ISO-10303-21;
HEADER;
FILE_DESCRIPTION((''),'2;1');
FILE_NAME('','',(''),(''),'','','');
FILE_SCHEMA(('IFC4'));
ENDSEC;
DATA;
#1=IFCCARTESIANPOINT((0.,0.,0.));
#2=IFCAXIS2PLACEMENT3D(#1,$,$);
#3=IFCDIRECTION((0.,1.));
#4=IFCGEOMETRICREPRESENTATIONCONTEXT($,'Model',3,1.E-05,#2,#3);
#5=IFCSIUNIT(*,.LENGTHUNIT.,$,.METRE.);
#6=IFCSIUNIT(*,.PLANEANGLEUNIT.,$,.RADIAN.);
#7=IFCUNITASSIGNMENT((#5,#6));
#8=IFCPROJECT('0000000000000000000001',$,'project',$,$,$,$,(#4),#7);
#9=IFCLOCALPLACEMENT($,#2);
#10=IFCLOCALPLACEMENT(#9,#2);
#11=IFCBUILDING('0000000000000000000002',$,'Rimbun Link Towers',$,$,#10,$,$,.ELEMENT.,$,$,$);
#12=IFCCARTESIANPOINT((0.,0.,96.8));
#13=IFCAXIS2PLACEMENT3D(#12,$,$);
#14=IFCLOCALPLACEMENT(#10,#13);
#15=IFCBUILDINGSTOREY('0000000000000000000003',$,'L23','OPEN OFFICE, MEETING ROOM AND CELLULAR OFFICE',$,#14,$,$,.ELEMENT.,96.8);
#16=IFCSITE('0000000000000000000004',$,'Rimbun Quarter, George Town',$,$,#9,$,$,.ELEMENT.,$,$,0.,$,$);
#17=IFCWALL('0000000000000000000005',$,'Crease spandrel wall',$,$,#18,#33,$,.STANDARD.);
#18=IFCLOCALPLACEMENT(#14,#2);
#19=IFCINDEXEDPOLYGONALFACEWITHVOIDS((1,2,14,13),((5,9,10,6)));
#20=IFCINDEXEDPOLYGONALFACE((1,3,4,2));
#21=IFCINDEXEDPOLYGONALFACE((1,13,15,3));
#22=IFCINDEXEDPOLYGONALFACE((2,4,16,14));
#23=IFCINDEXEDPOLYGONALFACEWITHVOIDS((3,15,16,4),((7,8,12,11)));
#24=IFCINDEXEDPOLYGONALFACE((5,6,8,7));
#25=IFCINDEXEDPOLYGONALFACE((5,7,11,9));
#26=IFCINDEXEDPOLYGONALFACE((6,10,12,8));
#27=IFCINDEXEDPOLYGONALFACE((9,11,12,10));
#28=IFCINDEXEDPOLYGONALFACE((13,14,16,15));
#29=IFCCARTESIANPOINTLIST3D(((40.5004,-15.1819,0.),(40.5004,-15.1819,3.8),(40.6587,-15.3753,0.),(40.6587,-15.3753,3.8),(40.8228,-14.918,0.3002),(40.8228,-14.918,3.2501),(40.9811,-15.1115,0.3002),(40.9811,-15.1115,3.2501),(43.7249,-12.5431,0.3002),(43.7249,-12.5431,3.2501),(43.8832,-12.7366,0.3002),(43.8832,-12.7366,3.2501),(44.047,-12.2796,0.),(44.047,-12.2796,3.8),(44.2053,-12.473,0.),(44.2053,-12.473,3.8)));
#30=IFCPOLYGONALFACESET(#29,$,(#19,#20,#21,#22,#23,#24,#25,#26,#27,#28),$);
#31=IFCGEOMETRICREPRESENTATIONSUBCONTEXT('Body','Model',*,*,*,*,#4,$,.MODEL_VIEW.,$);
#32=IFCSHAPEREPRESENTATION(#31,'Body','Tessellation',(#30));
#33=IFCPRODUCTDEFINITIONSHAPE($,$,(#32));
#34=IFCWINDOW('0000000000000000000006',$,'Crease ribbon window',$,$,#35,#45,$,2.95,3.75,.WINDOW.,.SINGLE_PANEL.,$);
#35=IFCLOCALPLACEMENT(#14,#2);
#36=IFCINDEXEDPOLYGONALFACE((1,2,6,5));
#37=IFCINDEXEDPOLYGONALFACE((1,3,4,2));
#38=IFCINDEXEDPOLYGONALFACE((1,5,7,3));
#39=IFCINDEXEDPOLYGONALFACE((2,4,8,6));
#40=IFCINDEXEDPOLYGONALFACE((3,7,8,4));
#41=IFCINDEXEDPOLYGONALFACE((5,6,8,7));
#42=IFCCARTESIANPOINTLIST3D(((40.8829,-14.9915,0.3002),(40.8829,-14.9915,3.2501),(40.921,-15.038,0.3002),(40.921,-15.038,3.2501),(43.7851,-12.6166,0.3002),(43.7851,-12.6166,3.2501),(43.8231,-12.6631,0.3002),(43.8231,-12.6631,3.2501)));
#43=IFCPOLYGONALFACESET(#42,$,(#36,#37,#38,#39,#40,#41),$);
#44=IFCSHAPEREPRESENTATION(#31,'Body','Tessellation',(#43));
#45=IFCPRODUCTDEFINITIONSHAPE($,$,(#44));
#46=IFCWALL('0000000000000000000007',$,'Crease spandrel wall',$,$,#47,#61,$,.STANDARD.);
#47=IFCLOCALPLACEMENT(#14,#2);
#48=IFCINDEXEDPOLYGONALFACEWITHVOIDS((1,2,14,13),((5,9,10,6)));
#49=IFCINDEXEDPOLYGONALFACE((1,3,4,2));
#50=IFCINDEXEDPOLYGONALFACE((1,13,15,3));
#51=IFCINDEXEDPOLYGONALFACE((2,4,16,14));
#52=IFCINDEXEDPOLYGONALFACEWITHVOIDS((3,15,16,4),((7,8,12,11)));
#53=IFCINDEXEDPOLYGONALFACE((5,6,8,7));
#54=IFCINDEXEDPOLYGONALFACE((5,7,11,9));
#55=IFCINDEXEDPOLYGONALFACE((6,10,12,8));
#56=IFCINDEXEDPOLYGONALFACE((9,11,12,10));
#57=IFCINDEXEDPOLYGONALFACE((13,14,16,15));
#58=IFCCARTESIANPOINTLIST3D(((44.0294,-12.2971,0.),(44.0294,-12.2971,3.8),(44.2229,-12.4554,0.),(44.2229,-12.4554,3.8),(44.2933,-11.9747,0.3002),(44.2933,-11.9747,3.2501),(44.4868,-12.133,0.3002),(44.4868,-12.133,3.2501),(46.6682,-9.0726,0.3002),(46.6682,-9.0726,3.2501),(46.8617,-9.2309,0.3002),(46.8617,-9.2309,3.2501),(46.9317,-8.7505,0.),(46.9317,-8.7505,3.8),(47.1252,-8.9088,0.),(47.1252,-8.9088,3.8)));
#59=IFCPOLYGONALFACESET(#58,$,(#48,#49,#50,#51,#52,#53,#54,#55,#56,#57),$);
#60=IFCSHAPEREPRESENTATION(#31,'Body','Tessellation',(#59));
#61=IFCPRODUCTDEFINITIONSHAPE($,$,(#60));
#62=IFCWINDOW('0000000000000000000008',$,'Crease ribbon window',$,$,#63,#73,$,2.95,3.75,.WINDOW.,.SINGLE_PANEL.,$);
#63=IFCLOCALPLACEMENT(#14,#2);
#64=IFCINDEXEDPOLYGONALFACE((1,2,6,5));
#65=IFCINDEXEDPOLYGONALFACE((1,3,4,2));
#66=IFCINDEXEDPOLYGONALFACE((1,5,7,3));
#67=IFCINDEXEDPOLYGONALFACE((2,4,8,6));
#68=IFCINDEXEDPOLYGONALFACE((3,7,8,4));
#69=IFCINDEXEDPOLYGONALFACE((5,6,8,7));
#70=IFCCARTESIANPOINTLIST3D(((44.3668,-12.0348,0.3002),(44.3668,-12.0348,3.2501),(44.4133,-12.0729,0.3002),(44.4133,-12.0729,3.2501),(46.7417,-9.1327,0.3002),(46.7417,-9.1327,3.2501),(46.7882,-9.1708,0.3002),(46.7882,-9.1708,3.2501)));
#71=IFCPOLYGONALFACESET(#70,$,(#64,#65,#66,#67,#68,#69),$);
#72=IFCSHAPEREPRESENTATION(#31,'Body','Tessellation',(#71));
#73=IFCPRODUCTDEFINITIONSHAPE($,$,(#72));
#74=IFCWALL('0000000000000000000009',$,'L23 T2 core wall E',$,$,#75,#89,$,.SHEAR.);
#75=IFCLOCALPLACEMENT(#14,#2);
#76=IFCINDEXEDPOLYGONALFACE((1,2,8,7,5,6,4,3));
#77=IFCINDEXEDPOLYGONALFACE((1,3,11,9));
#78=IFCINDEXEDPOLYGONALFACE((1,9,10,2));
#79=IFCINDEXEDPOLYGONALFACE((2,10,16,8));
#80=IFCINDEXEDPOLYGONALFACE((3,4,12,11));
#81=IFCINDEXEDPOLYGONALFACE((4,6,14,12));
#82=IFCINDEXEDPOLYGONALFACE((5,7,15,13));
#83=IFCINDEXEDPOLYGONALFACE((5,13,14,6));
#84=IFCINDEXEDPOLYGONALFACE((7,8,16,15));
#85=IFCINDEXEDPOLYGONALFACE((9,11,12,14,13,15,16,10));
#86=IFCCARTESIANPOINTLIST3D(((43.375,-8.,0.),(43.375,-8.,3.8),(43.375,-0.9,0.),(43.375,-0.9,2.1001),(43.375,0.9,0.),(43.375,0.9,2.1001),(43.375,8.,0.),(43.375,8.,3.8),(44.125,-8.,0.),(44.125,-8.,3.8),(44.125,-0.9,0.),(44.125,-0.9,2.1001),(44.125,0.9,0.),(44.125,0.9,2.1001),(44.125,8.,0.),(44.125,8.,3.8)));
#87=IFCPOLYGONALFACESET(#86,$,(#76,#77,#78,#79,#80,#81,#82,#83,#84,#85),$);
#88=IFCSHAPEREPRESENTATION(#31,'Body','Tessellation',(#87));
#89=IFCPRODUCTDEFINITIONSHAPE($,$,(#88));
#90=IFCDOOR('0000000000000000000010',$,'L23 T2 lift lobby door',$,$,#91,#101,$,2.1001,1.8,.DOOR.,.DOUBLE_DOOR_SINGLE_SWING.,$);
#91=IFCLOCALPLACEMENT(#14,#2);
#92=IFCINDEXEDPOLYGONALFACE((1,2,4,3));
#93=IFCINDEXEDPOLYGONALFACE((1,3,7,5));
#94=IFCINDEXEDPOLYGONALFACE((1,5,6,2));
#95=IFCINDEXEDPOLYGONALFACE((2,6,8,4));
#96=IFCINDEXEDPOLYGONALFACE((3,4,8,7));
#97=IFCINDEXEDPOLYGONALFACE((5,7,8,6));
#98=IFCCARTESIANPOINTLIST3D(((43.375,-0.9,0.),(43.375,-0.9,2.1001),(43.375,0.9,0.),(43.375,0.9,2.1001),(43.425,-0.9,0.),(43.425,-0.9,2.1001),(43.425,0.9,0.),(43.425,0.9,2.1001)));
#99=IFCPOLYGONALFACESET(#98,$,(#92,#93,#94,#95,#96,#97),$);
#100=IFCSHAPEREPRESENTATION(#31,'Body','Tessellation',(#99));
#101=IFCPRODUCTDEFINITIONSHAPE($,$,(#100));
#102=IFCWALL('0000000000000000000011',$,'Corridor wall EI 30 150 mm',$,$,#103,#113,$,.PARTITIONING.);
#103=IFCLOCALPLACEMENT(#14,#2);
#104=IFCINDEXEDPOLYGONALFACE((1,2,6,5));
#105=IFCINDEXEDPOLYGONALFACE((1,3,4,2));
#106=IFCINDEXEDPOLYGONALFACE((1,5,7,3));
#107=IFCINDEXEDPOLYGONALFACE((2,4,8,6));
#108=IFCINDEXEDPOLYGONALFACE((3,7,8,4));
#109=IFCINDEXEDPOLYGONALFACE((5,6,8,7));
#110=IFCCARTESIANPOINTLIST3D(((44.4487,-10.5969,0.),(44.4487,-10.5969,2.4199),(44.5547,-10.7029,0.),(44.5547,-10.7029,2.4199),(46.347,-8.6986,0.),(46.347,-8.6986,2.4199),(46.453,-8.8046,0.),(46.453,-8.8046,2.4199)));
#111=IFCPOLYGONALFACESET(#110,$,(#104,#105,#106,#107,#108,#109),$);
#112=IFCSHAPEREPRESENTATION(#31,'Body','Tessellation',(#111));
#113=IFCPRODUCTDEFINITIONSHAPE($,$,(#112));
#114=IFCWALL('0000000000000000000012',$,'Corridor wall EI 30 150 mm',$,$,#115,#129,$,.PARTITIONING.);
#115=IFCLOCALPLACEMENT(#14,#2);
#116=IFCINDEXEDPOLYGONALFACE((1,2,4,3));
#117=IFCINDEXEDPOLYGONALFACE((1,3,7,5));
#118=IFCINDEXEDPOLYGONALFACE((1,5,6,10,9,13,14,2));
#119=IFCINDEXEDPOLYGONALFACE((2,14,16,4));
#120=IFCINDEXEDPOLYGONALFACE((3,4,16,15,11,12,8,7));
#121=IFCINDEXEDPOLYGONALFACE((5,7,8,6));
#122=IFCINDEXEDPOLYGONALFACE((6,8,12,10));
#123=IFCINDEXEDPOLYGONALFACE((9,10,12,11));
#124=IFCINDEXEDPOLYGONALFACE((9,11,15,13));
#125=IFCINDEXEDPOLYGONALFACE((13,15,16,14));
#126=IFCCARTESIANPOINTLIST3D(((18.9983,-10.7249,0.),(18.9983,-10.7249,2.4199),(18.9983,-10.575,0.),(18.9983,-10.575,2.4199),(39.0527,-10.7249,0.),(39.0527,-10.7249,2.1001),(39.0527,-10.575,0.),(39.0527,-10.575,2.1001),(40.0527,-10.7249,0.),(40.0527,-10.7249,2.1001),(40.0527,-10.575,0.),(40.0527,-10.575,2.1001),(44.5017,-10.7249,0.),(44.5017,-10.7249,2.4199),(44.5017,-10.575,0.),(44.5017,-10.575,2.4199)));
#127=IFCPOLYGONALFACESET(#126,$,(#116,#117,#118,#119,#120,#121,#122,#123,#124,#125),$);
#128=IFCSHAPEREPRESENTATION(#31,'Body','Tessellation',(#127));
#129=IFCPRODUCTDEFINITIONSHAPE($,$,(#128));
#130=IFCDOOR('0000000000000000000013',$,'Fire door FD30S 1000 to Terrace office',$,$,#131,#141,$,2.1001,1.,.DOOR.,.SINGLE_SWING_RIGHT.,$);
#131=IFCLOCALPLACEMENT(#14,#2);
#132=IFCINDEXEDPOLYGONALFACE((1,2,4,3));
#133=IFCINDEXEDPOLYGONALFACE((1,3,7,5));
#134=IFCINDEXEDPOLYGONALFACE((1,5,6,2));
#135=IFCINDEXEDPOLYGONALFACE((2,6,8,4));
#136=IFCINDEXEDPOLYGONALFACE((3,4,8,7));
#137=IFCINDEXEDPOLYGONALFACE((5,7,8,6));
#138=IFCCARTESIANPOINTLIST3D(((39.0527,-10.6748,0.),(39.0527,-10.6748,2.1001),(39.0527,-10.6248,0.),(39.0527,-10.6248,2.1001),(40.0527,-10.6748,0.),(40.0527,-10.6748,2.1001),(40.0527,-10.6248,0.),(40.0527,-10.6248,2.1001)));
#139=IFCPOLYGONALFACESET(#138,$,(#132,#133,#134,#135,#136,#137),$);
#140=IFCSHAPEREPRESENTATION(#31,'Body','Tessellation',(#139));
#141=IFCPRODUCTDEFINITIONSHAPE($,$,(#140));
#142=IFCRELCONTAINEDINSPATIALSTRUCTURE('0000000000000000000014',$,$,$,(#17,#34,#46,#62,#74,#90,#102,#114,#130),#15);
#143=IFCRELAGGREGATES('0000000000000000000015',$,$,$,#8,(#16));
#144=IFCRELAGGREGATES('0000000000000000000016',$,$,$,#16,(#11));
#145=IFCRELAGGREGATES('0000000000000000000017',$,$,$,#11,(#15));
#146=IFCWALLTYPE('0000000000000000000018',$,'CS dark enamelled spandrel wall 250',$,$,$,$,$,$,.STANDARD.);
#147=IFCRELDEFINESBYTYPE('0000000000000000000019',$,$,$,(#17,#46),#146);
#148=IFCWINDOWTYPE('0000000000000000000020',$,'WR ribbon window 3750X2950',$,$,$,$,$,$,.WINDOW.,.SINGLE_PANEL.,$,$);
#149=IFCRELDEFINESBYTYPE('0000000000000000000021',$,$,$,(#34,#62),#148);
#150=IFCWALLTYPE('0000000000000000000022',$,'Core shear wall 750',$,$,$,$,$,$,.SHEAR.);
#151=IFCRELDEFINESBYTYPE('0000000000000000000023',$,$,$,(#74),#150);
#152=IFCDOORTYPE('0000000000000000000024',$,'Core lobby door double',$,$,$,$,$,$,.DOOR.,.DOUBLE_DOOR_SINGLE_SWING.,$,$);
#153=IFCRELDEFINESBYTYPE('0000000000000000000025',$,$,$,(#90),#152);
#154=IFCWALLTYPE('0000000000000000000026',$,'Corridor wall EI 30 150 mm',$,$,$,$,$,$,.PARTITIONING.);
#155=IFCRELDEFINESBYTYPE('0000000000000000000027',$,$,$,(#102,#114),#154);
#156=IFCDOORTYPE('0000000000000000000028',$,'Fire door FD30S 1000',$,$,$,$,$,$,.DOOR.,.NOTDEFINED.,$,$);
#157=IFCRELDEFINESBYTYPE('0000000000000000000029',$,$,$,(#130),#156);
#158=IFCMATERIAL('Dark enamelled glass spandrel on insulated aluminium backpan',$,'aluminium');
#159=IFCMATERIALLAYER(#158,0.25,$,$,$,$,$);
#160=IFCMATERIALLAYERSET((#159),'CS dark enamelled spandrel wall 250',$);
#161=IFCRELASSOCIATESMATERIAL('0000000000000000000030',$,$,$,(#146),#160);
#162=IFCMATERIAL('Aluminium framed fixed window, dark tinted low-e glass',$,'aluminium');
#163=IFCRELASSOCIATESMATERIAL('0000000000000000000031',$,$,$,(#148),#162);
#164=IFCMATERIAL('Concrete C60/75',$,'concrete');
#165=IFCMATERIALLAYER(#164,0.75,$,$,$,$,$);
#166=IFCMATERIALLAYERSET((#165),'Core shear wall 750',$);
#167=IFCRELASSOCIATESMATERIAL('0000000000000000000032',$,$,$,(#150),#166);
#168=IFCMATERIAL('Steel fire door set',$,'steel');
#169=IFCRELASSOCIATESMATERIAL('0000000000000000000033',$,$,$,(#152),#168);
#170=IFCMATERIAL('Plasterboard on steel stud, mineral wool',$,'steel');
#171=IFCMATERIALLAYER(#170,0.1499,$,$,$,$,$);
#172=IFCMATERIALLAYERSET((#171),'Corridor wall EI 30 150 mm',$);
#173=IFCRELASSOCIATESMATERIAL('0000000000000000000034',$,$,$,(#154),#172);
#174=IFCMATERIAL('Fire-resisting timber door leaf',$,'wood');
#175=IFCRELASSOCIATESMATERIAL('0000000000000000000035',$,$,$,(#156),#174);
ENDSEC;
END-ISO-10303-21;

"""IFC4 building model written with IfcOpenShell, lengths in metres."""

from ifc_helpers import new_model, si_unit, direction, frame, frame_2d, origin, place, context, subcontext, project, spatial, rectangle, extrude, material, layer, layer_set, type_object, element, fill, save


model = new_model("IFC4")

# Units and contexts
model_context = context("Model", 3, precision=1e-05, world=origin(), true_north=direction((0.0, 1.0)))
body_context = subcontext(model_context, "Body", "Model", "MODEL_VIEW")
ifc_project = project(units=[si_unit("LENGTHUNIT", "METRE"), si_unit("PLANEANGLEUNIT", "RADIAN")], contexts=[model_context])

# Site, building, storey
site_placement = place(None, origin())
site = spatial("IfcSite", under=ifc_project, at=site_placement, Name="Rimbun Quarter, George Town", CompositionType="ELEMENT", RefElevation=0.0)
building_placement = place(site_placement, origin())
building = spatial("IfcBuilding", under=site, at=building_placement, Name="Rimbun Link Towers", CompositionType="ELEMENT")
storey_placement = place(building_placement, frame((0.0, 0.0, 96.8)))
storey = spatial("IfcBuildingStorey", under=building, at=storey_placement, Name="L23", Description="OPEN OFFICE, MEETING ROOM AND CELLULAR OFFICE", CompositionType="ELEMENT", Elevation=96.8)

# Walls, openings, windows
ifc_material_1 = material(Name="Dark enamelled glass spandrel on insulated aluminium backpan", Category="aluminium")
ifc_layer_1 = layer(ifc_material_1, 0.25)
ifc_layer_set_1 = layer_set([ifc_layer_1], Name="CS dark enamelled spandrel wall 250")
wall_type_1 = type_object("IfcWallType", Name="CS dark enamelled spandrel wall 250", PredefinedType="STANDARD", material=ifc_layer_set_1)
wall_1_placement = place(storey_placement, frame((44.1262, -12.3762, 0.0), z_axis=(0.0, 0.0, 1.0), x_axis=(-0.773898, -0.63331, 0.0)))
wall_1 = element("IfcWall", 1, at=wall_1_placement, inside=storey, type_object=wall_type_1, Name="Crease spandrel wall", PredefinedType="STANDARD", context=body_context, shape_type="SweptSolid", body=[
    extrude(rectangle(XDim=4.5828, YDim=0.25, at=frame_2d((2.2915, 0.0))), origin(), (0.0, 0.0, 1.0), 3.8),
])
opening_1_placement = place(wall_1_placement, frame((0.4163, 0.0, 0.3)))
opening_1 = element("IfcOpeningElement", 2, at=opening_1_placement, cuts=wall_1, PredefinedType="OPENING", context=body_context, shape_type="SweptSolid", body=[
    extrude(rectangle(XDim=3.75, YDim=2.95, at=frame_2d((1.875, 1.4751))), frame((0.0, 0.135, 0.0), z_axis=(0.0, -1.0, 0.0), x_axis=(1.0, 0.0, 0.0)), (0.0, 0.0, 1.0), 0.27),
])
ifc_material_2 = material(Name="Aluminium framed fixed window, dark tinted low-e glass", Category="aluminium")
window_type_1 = type_object("IfcWindowType", Name="WR ribbon window 3750X2950", PartitioningType="SINGLE_PANEL", PredefinedType="WINDOW", material=ifc_material_2)
window_1_placement = place(opening_1_placement, origin())
window_1 = element("IfcWindow", 3, at=window_1_placement, inside=storey, type_object=window_type_1, Name="Crease ribbon window", OverallHeight=2.95, OverallWidth=3.75, PartitioningType="SINGLE_PANEL", PredefinedType="WINDOW", context=body_context, shape_type="SweptSolid", body=[
    extrude(rectangle(XDim=3.75, YDim=2.95, at=frame_2d((1.875, 1.4751))), frame((0.0, 0.03, 0.0), z_axis=(0.0, -1.0, 0.0), x_axis=(1.0, 0.0, 0.0)), (0.0, 0.0, 1.0), 0.0601),
])
fill(opening_1, window_1)
wall_2_placement = place(storey_placement, frame((47.0286, -8.8296, 0.0), z_axis=(0.0, 0.0, 1.0), x_axis=(-0.63331, -0.773898, 0.0)))
wall_2 = element("IfcWall", 4, at=wall_2_placement, inside=storey, type_object=wall_type_1, Name="Crease spandrel wall", PredefinedType="STANDARD", context=body_context, shape_type="SweptSolid", body=[
    extrude(rectangle(XDim=4.5828, YDim=0.25, at=frame_2d((2.2915, 0.0))), origin(), (0.0, 0.0, 1.0), 3.8),
])
opening_2_placement = place(wall_2_placement, frame((0.4163, 0.0, 0.3)))
opening_2 = element("IfcOpeningElement", 5, at=opening_2_placement, cuts=wall_2, PredefinedType="OPENING", context=body_context, shape_type="SweptSolid", body=[
    extrude(rectangle(XDim=3.75, YDim=2.95, at=frame_2d((1.875, 1.4751))), frame((0.0, 0.135, 0.0), z_axis=(0.0, -1.0, 0.0), x_axis=(1.0, 0.0, 0.0)), (0.0, 0.0, 1.0), 0.27),
])
window_2_placement = place(opening_2_placement, origin())
window_2 = element("IfcWindow", 6, at=window_2_placement, inside=storey, type_object=window_type_1, Name="Crease ribbon window", OverallHeight=2.95, OverallWidth=3.75, PartitioningType="SINGLE_PANEL", PredefinedType="WINDOW", context=body_context, shape_type="SweptSolid", body=[
    extrude(rectangle(XDim=3.75, YDim=2.95, at=frame_2d((1.875, 1.4751))), frame((0.0, 0.03, 0.0), z_axis=(0.0, -1.0, 0.0), x_axis=(1.0, 0.0, 0.0)), (0.0, 0.0, 1.0), 0.0601),
])
fill(opening_2, window_2)

# Wall, opening, door
ifc_material_3 = material(Name="Concrete C60/75", Category="concrete")
ifc_layer_2 = layer(ifc_material_3, 0.75)
ifc_layer_set_2 = layer_set([ifc_layer_2], Name="Core shear wall 750")
wall_type_2 = type_object("IfcWallType", Name="Core shear wall 750", PredefinedType="SHEAR", material=ifc_layer_set_2)
wall_3_placement = place(storey_placement, frame((43.75, -8.0, 0.0), z_axis=(0.0, 0.0, 1.0), x_axis=(0.0, 1.0, 0.0)))
wall_3 = element("IfcWall", 7, at=wall_3_placement, inside=storey, type_object=wall_type_2, Name="L23 T2 core wall E", PredefinedType="SHEAR", context=body_context, shape_type="SweptSolid", body=[
    extrude(rectangle(XDim=16.0, YDim=0.75, at=frame_2d((8.0, 0.0))), origin(), (0.0, 0.0, 1.0), 3.8),
])
opening_3_placement = place(wall_3_placement, frame((7.1001, 0.0, 0.0)))
opening_3 = element("IfcOpeningElement", 8, at=opening_3_placement, cuts=wall_3, PredefinedType="OPENING", context=body_context, shape_type="SweptSolid", body=[
    extrude(rectangle(XDim=1.8, YDim=2.1001, at=frame_2d((0.8999, 1.05))), frame((0.0, 0.385, 0.0), z_axis=(0.0, -1.0, 0.0), x_axis=(1.0, 0.0, 0.0)), (0.0, 0.0, 1.0), 0.77),
])
ifc_material_4 = material(Name="Steel fire door set", Category="steel")
door_type_1 = type_object("IfcDoorType", Name="Core lobby door double", OperationType="DOUBLE_DOOR_SINGLE_SWING", PredefinedType="DOOR", material=ifc_material_4)
door_1_placement = place(opening_3_placement, origin())
door_1 = element("IfcDoor", 9, at=door_1_placement, inside=storey, type_object=door_type_1, Name="L23 T2 lift lobby door", OperationType="DOUBLE_DOOR_SINGLE_SWING", OverallHeight=2.1001, OverallWidth=1.8, PredefinedType="DOOR", context=body_context, shape_type="SweptSolid", body=[
    extrude(rectangle(XDim=1.8, YDim=2.1001, at=frame_2d((0.8999, 1.05))), frame((0.0, 0.375, 0.0), z_axis=(0.0, -1.0, 0.0), x_axis=(1.0, 0.0, 0.0)), (0.0, 0.0, 1.0), 0.05),
])
fill(opening_3, door_1)

# Wall
ifc_material_5 = material(Name="Plasterboard on steel stud, mineral wool", Category="steel")
ifc_layer_3 = layer(ifc_material_5, 0.1499)
ifc_layer_set_3 = layer_set([ifc_layer_3], Name="Corridor wall EI 30 150 mm")
wall_type_3 = type_object("IfcWallType", Name="Corridor wall EI 30 150 mm", PredefinedType="PARTITIONING", material=ifc_layer_set_3)
wall_4_placement = place(storey_placement, frame((44.5017, -10.6499, 0.0), z_axis=(0.0, 0.0, 1.0), x_axis=(0.707107, 0.707107, 0.0)))
element("IfcWall", 10, at=wall_4_placement, inside=storey, type_object=wall_type_3, Name="Corridor wall EI 30 150 mm", PredefinedType="PARTITIONING", context=body_context, shape_type="SweptSolid", body=[
    extrude(rectangle(XDim=2.6846, YDim=0.1499, at=frame_2d((1.3423, 0.0))), origin(), (0.0, 0.0, 1.0), 2.4199),
])

# Wall, opening, door
wall_5_placement = place(storey_placement, frame((44.5017, -10.6499, 0.0), z_axis=(0.0, 0.0, 1.0), x_axis=(-1.0, 0.0, 0.0)))
wall_5 = element("IfcWall", 11, at=wall_5_placement, inside=storey, type_object=wall_type_3, Name="Corridor wall EI 30 150 mm", PredefinedType="PARTITIONING", context=body_context, shape_type="SweptSolid", body=[
    extrude(rectangle(XDim=25.5034, YDim=0.1499, at=frame_2d((12.7517, 0.0))), origin(), (0.0, 0.0, 1.0), 2.4199),
])
opening_4_placement = place(wall_5_placement, frame((4.449, 0.0, 0.0)))
opening_4 = element("IfcOpeningElement", 12, at=opening_4_placement, cuts=wall_5, PredefinedType="OPENING", context=body_context, shape_type="SweptSolid", body=[
    extrude(rectangle(XDim=1.0, YDim=2.1001, at=frame_2d((0.5, 1.05))), frame((0.0, 0.085, 0.0), z_axis=(0.0, -1.0, 0.0), x_axis=(1.0, 0.0, 0.0)), (0.0, 0.0, 1.0), 0.1699),
])
ifc_material_6 = material(Name="Fire-resisting timber door leaf", Category="wood")
door_type_2 = type_object("IfcDoorType", Name="Fire door FD30S 1000", OperationType="NOTDEFINED", PredefinedType="DOOR", material=ifc_material_6)
door_2_placement = place(opening_4_placement, origin())
door_2 = element("IfcDoor", 13, at=door_2_placement, inside=storey, type_object=door_type_2, Name="Fire door FD30S 1000 to Terrace office", OperationType="SINGLE_SWING_RIGHT", OverallHeight=2.1001, OverallWidth=1.0, PredefinedType="DOOR", context=body_context, shape_type="SweptSolid", body=[
    extrude(rectangle(XDim=1.0, YDim=2.1001, at=frame_2d((0.5, 1.05))), frame((0.0, 0.0249, 0.0), z_axis=(0.0, -1.0, 0.0), x_axis=(1.0, 0.0, 0.0)), (0.0, 0.0, 1.0), 0.05),
])
fill(opening_4, door_2)

save(model, "model.ifc")
